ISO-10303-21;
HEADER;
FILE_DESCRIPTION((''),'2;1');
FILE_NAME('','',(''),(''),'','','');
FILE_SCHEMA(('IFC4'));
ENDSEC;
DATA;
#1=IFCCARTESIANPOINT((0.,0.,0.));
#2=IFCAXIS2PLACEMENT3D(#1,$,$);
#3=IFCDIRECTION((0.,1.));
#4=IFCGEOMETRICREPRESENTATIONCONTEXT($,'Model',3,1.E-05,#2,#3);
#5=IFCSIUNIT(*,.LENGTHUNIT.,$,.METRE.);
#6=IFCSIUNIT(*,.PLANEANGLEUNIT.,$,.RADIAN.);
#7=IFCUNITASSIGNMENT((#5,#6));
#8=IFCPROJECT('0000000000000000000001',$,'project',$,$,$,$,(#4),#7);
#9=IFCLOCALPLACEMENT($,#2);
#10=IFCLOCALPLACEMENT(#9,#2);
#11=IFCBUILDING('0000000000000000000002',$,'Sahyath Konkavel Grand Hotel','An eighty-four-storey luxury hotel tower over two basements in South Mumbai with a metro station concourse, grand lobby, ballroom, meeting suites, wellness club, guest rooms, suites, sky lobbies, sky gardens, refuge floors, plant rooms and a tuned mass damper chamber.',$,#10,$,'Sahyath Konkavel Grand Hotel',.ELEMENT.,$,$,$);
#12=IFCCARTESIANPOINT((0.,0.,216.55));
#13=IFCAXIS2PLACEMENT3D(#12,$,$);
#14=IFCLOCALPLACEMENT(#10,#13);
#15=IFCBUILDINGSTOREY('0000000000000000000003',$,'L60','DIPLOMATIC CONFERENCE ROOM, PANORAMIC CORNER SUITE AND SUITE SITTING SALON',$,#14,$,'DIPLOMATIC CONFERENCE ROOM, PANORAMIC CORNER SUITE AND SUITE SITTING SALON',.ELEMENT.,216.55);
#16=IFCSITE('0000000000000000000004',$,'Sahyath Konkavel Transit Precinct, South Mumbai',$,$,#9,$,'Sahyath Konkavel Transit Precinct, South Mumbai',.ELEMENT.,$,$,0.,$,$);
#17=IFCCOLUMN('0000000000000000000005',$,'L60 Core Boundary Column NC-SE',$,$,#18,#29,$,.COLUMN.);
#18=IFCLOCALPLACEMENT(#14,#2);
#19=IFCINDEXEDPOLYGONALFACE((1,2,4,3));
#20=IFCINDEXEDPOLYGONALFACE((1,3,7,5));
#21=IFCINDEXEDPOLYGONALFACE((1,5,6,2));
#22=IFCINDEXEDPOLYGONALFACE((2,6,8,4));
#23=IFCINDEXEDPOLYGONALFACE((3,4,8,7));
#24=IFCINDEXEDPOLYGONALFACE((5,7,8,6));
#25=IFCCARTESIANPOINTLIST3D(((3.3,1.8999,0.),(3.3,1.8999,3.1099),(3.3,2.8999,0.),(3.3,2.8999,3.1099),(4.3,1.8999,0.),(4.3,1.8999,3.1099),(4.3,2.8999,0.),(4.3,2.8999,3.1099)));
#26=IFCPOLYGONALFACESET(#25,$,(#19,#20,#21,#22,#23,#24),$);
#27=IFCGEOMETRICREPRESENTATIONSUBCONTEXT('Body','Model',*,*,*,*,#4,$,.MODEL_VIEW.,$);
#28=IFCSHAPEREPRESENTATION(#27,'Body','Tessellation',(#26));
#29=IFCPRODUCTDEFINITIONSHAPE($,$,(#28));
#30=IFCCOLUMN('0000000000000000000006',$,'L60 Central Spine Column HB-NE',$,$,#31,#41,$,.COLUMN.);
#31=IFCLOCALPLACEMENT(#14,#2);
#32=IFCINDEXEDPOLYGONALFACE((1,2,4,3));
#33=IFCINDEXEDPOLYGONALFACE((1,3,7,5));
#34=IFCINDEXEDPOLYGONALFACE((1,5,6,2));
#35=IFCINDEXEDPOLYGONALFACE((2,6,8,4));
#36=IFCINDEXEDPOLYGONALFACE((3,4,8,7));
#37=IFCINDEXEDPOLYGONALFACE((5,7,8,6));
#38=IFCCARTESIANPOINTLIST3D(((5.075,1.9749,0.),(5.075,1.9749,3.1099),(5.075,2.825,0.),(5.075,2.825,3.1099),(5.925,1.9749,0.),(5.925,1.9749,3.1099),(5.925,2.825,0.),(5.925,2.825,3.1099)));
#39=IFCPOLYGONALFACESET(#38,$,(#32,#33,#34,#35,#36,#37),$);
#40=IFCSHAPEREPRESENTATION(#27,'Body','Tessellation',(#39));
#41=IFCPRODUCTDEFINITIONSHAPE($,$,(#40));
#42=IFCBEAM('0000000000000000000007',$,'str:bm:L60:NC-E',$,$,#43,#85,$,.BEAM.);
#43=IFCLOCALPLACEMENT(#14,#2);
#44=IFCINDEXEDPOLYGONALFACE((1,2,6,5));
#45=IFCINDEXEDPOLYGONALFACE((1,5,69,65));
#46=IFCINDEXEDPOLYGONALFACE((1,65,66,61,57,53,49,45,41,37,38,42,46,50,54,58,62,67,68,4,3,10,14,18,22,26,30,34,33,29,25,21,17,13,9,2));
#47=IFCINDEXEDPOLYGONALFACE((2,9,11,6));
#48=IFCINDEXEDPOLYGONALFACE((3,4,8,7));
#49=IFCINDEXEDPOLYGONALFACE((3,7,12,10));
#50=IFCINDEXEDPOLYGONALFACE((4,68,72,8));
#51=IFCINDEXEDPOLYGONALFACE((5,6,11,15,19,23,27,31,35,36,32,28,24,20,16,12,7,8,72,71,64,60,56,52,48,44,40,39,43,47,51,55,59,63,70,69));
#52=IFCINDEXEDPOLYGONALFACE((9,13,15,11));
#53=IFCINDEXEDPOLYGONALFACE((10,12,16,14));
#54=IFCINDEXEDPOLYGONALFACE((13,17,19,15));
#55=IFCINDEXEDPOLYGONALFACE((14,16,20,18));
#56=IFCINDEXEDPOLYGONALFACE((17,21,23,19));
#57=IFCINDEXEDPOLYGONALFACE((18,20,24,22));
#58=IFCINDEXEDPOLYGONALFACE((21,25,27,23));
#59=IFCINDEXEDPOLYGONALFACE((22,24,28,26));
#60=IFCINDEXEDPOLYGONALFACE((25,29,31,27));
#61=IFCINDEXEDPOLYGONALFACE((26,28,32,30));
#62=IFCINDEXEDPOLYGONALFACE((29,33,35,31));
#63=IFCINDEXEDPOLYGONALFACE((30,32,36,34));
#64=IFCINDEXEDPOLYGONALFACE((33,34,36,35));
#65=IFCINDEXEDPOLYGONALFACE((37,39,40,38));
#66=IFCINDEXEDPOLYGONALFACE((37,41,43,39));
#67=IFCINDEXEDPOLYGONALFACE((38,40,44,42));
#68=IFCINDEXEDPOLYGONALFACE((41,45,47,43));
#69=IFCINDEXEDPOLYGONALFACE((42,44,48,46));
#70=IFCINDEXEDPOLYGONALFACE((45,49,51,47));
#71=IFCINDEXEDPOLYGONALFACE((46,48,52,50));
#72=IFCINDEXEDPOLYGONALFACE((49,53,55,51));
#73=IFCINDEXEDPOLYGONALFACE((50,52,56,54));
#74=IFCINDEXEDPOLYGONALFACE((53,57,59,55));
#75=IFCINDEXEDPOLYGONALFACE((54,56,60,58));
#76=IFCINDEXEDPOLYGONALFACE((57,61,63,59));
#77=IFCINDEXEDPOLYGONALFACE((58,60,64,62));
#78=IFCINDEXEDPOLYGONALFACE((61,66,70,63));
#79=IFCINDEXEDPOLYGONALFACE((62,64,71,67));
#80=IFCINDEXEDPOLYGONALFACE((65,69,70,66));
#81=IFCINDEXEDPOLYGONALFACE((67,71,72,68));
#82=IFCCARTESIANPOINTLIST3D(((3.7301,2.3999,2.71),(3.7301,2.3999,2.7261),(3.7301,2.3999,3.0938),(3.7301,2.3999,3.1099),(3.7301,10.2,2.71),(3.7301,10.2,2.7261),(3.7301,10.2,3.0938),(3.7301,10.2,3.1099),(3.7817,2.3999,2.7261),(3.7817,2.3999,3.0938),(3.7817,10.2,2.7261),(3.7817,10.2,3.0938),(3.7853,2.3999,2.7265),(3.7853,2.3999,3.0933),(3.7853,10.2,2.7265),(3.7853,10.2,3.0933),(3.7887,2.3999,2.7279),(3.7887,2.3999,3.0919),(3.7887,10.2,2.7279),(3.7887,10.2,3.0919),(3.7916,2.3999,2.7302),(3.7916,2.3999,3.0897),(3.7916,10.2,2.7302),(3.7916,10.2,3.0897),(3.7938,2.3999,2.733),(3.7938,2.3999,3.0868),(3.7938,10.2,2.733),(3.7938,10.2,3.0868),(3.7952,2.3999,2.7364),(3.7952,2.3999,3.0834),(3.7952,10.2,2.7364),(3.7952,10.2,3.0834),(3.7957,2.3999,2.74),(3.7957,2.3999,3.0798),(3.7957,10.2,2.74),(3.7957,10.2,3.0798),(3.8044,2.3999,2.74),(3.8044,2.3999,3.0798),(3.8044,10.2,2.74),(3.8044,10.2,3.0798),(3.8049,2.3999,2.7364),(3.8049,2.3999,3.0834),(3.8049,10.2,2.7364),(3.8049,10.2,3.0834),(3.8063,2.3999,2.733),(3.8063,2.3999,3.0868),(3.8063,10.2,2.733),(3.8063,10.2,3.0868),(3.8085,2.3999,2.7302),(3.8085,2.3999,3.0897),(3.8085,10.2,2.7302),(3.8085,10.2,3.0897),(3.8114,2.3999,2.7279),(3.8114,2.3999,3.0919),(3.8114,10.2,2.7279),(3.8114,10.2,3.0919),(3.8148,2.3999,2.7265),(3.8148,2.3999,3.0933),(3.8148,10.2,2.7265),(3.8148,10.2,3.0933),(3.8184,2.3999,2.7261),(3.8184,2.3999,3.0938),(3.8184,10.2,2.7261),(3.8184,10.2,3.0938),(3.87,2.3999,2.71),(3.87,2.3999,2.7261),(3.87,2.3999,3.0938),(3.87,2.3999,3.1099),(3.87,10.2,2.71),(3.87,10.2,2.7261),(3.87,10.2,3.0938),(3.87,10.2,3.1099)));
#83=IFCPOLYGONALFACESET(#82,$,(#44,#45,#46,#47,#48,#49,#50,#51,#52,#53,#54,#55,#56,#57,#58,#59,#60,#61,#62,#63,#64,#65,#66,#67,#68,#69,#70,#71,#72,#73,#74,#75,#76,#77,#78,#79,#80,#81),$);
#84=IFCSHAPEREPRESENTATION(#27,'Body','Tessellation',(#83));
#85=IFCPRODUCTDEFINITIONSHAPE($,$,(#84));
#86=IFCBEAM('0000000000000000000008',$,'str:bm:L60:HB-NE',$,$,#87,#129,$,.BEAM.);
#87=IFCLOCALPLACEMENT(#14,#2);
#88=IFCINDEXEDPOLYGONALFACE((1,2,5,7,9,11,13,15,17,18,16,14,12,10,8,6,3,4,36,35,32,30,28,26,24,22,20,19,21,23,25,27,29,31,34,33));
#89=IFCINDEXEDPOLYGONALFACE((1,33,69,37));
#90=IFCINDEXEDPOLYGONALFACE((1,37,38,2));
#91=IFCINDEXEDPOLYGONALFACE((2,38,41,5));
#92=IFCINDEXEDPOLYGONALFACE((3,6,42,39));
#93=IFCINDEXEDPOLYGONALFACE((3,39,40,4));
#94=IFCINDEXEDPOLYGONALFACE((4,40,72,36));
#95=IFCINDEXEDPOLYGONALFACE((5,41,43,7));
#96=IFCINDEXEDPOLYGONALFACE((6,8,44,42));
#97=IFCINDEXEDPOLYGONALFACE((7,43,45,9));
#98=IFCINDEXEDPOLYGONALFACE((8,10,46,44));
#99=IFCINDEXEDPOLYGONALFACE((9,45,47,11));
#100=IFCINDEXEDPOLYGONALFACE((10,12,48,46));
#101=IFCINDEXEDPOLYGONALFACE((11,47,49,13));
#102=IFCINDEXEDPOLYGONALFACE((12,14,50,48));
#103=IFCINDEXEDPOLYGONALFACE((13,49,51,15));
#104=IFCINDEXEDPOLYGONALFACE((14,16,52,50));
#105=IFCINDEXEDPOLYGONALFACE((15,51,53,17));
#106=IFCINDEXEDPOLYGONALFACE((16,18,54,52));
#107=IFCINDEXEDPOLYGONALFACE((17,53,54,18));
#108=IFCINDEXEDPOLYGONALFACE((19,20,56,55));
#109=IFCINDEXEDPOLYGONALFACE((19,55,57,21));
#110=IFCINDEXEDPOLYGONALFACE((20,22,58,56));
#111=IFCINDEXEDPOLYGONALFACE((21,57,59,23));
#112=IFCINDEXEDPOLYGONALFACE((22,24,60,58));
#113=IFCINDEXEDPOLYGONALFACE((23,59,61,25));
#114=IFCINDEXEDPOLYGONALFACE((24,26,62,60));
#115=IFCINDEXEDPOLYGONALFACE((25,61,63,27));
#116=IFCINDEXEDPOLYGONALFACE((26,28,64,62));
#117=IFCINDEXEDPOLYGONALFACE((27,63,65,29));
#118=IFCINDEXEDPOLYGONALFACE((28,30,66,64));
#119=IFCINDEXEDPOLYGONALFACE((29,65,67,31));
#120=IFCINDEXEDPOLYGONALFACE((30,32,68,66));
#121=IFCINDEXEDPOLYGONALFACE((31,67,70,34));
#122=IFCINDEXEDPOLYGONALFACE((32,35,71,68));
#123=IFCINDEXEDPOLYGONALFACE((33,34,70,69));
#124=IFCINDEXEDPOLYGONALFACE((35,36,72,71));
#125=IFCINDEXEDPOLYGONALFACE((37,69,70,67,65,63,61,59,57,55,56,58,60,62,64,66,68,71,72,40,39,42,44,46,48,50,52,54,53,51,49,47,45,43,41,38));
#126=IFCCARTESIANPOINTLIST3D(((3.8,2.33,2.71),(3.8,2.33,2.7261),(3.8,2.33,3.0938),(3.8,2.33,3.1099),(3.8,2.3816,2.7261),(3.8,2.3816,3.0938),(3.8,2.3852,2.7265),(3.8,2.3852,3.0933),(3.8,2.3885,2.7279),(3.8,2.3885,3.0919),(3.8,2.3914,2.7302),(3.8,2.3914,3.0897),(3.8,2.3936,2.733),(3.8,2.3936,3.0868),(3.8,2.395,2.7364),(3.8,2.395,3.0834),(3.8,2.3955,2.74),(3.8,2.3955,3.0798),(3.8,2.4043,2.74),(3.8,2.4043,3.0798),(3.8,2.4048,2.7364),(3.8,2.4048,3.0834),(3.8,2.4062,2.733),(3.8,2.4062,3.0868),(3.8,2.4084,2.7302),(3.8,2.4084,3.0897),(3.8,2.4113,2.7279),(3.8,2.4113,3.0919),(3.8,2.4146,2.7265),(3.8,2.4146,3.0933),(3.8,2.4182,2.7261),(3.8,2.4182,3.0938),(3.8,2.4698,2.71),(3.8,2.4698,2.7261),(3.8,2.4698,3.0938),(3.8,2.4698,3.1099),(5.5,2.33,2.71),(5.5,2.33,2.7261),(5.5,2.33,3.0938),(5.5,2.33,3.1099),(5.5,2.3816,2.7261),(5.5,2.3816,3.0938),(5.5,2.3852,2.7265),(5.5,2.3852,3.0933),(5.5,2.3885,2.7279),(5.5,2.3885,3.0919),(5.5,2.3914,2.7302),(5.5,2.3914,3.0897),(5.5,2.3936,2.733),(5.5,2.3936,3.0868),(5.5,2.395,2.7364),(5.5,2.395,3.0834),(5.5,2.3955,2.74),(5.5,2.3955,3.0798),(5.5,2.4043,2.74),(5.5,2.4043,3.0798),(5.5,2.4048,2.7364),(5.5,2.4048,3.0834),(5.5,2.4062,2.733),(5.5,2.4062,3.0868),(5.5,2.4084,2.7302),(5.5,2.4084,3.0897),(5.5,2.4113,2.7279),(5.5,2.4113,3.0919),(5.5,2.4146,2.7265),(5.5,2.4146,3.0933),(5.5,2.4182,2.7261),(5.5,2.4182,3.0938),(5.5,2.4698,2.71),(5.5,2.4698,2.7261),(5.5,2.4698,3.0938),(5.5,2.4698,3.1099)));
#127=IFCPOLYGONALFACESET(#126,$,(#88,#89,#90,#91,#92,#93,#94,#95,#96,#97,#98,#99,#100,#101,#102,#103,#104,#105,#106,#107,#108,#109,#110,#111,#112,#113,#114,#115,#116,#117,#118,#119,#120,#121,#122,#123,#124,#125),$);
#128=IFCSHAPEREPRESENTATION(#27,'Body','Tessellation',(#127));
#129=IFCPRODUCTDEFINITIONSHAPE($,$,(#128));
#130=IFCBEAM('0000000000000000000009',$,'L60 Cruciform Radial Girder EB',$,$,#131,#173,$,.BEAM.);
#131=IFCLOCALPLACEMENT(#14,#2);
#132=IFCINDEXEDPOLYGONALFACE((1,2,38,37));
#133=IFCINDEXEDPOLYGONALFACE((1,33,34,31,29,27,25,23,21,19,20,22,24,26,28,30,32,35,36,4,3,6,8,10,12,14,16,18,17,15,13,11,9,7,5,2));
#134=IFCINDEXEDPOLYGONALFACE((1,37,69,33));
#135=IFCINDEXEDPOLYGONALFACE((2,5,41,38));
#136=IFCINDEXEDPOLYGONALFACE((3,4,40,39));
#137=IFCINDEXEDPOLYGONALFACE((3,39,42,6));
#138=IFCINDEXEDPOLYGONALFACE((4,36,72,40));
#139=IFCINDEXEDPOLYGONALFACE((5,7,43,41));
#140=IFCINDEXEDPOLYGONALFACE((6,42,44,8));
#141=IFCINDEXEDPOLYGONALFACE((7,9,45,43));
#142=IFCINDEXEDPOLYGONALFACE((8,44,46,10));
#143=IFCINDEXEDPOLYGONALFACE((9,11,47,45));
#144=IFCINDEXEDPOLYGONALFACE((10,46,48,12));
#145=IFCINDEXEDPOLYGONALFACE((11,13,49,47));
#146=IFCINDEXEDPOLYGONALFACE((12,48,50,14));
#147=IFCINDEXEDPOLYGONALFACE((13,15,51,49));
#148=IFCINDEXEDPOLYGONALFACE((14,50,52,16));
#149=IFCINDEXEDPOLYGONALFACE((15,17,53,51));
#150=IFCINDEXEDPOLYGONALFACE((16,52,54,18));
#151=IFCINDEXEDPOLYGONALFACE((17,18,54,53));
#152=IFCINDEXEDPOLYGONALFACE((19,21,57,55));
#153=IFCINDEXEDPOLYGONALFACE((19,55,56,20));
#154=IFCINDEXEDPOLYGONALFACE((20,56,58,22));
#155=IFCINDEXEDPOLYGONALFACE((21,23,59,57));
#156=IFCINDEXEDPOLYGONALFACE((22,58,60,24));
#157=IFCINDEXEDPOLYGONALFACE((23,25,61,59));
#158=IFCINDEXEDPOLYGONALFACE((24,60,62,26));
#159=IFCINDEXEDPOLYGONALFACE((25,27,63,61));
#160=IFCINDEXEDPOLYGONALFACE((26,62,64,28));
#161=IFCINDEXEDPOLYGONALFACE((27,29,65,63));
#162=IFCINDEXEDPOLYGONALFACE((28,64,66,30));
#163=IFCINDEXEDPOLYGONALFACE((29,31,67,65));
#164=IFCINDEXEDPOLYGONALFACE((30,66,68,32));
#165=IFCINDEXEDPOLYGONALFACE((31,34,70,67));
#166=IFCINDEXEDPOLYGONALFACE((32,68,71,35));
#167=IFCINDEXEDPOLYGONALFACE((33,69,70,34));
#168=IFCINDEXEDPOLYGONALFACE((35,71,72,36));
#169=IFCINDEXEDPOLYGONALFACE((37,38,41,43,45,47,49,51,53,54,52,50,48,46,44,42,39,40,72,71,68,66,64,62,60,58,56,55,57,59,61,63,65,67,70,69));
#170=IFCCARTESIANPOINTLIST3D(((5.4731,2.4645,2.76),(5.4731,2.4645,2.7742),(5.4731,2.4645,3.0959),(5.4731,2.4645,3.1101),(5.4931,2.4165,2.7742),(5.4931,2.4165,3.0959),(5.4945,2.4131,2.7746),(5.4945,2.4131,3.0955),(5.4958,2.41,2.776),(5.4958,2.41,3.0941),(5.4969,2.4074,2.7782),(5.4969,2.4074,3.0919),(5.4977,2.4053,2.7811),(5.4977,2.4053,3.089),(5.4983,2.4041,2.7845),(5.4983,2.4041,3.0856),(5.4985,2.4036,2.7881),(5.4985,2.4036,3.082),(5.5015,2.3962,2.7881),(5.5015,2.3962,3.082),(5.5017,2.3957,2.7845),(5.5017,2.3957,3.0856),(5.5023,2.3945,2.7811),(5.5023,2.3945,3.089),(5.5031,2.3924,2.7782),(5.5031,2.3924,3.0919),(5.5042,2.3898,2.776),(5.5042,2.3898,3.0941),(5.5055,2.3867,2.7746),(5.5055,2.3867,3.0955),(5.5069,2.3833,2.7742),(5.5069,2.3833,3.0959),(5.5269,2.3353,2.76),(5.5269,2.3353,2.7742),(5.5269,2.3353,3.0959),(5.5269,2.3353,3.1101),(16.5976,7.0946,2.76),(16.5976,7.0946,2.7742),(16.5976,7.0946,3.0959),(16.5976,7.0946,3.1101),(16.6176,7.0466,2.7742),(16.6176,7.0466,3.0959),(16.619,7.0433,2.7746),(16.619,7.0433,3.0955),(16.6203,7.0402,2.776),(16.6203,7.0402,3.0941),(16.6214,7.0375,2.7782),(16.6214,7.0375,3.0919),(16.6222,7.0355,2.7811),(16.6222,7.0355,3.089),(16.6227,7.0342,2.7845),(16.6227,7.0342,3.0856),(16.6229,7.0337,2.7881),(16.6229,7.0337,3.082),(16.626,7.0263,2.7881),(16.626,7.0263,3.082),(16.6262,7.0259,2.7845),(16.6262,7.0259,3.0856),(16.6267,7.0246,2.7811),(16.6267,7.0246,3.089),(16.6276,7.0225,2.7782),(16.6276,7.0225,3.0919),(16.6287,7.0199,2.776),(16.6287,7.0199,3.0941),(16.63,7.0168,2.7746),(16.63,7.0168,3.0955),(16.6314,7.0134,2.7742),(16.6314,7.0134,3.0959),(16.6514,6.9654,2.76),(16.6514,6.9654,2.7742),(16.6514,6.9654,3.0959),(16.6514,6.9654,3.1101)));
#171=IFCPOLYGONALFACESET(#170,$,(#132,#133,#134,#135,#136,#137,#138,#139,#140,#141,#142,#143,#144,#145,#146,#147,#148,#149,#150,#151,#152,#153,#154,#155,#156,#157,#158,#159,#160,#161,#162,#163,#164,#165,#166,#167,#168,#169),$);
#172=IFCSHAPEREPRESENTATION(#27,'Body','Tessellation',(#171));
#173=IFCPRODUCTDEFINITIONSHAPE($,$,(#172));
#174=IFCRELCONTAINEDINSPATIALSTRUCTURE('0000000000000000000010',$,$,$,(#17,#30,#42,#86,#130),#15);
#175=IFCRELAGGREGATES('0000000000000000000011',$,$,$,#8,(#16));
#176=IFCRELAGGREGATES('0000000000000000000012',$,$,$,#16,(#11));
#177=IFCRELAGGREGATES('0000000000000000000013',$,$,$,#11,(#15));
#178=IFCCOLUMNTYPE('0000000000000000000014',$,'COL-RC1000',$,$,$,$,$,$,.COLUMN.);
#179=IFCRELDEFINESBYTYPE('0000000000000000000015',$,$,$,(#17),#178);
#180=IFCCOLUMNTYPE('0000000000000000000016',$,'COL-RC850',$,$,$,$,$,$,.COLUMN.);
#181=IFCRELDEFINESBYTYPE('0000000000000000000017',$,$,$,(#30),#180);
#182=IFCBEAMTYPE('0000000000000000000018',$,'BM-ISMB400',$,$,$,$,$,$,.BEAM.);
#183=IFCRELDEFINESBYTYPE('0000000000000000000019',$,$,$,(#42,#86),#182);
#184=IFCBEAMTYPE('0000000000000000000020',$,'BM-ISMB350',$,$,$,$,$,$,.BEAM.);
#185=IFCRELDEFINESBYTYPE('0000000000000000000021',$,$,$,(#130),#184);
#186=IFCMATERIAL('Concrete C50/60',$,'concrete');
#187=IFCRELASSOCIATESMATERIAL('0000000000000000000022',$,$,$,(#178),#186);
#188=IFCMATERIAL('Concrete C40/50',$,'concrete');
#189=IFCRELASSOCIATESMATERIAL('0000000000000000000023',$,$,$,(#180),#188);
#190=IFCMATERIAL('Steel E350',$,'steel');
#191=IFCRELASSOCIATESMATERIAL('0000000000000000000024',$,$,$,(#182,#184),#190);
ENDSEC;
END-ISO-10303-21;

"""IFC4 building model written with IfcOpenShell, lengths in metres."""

from ifc_helpers import new_model, si_unit, direction, frame, origin, origin_2d, place, context, subcontext, project, spatial, rectangle, i_section, extrude, source, transform, mapped, material, material_profile, profile_set, type_object, element, save


model = new_model("IFC4")

# Units and contexts
model_context = context("Model", 3, precision=1e-05, world=origin(), true_north=direction((0.0, 1.0)))
body_context = subcontext(model_context, "Body", "Model", "MODEL_VIEW")
ifc_project = project(units=[si_unit("LENGTHUNIT", "METRE"), si_unit("PLANEANGLEUNIT", "RADIAN")], contexts=[model_context])

# Site, building, storey
site_placement = place(None, origin())
site = spatial("IfcSite", under=ifc_project, at=site_placement, Name="Sahyath Konkavel Transit Precinct, South Mumbai", LongName="Sahyath Konkavel Transit Precinct, South Mumbai", CompositionType="ELEMENT", RefElevation=0.0)
building_placement = place(site_placement, origin())
building = spatial("IfcBuilding", under=site, at=building_placement, Name="Sahyath Konkavel Grand Hotel", Description="An eighty-four-storey luxury hotel tower over two basements in South Mumbai with a metro station concourse, grand lobby, ballroom, meeting suites, wellness club, guest rooms, suites, sky lobbies, sky gardens, refuge floors, plant rooms and a tuned mass damper chamber.", LongName="Sahyath Konkavel Grand Hotel", CompositionType="ELEMENT")
storey_placement = place(building_placement, frame((0.0, 0.0, 216.55)))
storey = spatial("IfcBuildingStorey", under=building, at=storey_placement, Name="L60", Description="DIPLOMATIC CONFERENCE ROOM, PANORAMIC CORNER SUITE AND SUITE SITTING SALON", LongName="DIPLOMATIC CONFERENCE ROOM, PANORAMIC CORNER SUITE AND SUITE SITTING SALON", CompositionType="ELEMENT", Elevation=216.55)

# Columns
ifc_material_1 = material(Name="Concrete C50/60", Category="concrete")
ifc_material_profile_1 = material_profile(ifc_material_1, rectangle(XDim=1.0, YDim=1.0, at=origin_2d()), Name="RC 1000x1000")
ifc_profile_set_1 = profile_set([ifc_material_profile_1], Name="Concrete C50/60")
column_type_1 = type_object("IfcColumnType", Name="COL-RC1000", PredefinedType="COLUMN", material=ifc_profile_set_1)
shared_shape_1 = source(origin(), body_context, "Body", "SweptSolid", [
    extrude(rectangle(XDim=1.0, YDim=1.0, at=origin_2d()), origin(), (0.0, 0.0, 1.0), 3.1099),
])
column_1_placement = place(storey_placement, frame((3.8, 2.3999, 0.0), z_axis=(0.0, 0.0, 1.0), x_axis=(1.0, 0.0, 0.0)))
element("IfcColumn", 1, at=column_1_placement, inside=storey, type_object=column_type_1, Name="L60 Core Boundary Column NC-SE", PredefinedType="COLUMN", context=body_context, shape_type="MappedRepresentation", body=[
    mapped(shared_shape_1, transform((0.0, 0.0, 0.0), scale=1.0)),
])
ifc_material_2 = material(Name="Concrete C40/50", Category="concrete")
ifc_material_profile_2 = material_profile(ifc_material_2, rectangle(XDim=0.8501, YDim=0.8501, at=origin_2d()), Name="RC 850x850")
ifc_profile_set_2 = profile_set([ifc_material_profile_2], Name="Concrete C40/50")
column_type_2 = type_object("IfcColumnType", Name="COL-RC850", PredefinedType="COLUMN", material=ifc_profile_set_2)
shared_shape_2 = source(origin(), body_context, "Body", "SweptSolid", [
    extrude(rectangle(XDim=0.8501, YDim=0.8501, at=origin_2d()), origin(), (0.0, 0.0, 1.0), 3.1099),
])
column_2_placement = place(storey_placement, frame((5.5, 2.3999, 0.0), z_axis=(0.0, 0.0, 1.0), x_axis=(1.0, 0.0, 0.0)))
element("IfcColumn", 2, at=column_2_placement, inside=storey, type_object=column_type_2, Name="L60 Central Spine Column HB-NE", PredefinedType="COLUMN", context=body_context, shape_type="MappedRepresentation", body=[
    mapped(shared_shape_2, transform((0.0, 0.0, 0.0), scale=1.0)),
])

# Beams
ifc_material_3 = material(Name="Steel E350", Category="steel")
ifc_material_profile_3 = material_profile(ifc_material_3, i_section(OverallWidth=0.1399, OverallDepth=0.3999, WebThickness=0.0088, FlangeThickness=0.0161, FilletRadius=0.0139, at=origin_2d()), Name="ISMB 400")
ifc_profile_set_3 = profile_set([ifc_material_profile_3], Name="Steel E350")
beam_type_1 = type_object("IfcBeamType", Name="BM-ISMB400", PredefinedType="BEAM", material=ifc_profile_set_3)
shared_shape_3 = source(origin(), body_context, "Body", "SweptSolid", [
    extrude(i_section(OverallWidth=0.1399, OverallDepth=0.3999, WebThickness=0.0088, FlangeThickness=0.0161, FilletRadius=0.0139, at=origin_2d()), origin(), (0.0, 0.0, 1.0), 7.8),
])
beam_1_placement = place(storey_placement, frame((3.8, 2.3999, 2.9099), z_axis=(0.0, 1.0, 0.0), x_axis=(-1.0, 0.0, 0.0)))
element("IfcBeam", 3, at=beam_1_placement, inside=storey, type_object=beam_type_1, Name="str:bm:L60:NC-E", PredefinedType="BEAM", context=body_context, shape_type="MappedRepresentation", body=[
    mapped(shared_shape_3, transform((0.0, 0.0, 0.0), scale=1.0)),
])
shared_shape_4 = source(origin(), body_context, "Body", "SweptSolid", [
    extrude(i_section(OverallWidth=0.1399, OverallDepth=0.3999, WebThickness=0.0088, FlangeThickness=0.0161, FilletRadius=0.0139, at=origin_2d()), origin(), (0.0, 0.0, 1.0), 1.7),
])
beam_2_placement = place(storey_placement, frame((3.8, 2.3999, 2.9099), z_axis=(1.0, 0.0, 0.0), x_axis=(0.0, 1.0, 0.0)))
element("IfcBeam", 4, at=beam_2_placement, inside=storey, type_object=beam_type_1, Name="str:bm:L60:HB-NE", PredefinedType="BEAM", context=body_context, shape_type="MappedRepresentation", body=[
    mapped(shared_shape_4, transform((0.0, 0.0, 0.0), scale=1.0)),
])
ifc_material_profile_4 = material_profile(ifc_material_3, i_section(OverallWidth=0.1399, OverallDepth=0.3501, WebThickness=0.0081, FlangeThickness=0.0142, FilletRadius=0.0139, at=origin_2d()), Name="ISMB 350")
ifc_profile_set_4 = profile_set([ifc_material_profile_4], Name="Steel E350")
beam_type_2 = type_object("IfcBeamType", Name="BM-ISMB350", PredefinedType="BEAM", material=ifc_profile_set_4)
shared_shape_5 = source(origin(), body_context, "Body", "SweptSolid", [
    extrude(i_section(OverallWidth=0.1399, OverallDepth=0.3501, WebThickness=0.0081, FlangeThickness=0.0142, FilletRadius=0.0139, at=origin_2d()), origin(), (0.0, 0.0, 1.0), 12.0496),
])
beam_3_placement = place(storey_placement, frame((5.5, 2.3999, 2.9351), z_axis=(0.923227, 0.384256, 0.0), x_axis=(-0.384256, 0.923227, 0.0)))
element("IfcBeam", 5, at=beam_3_placement, inside=storey, type_object=beam_type_2, Name="L60 Cruciform Radial Girder EB", PredefinedType="BEAM", context=body_context, shape_type="MappedRepresentation", body=[
    mapped(shared_shape_5, transform((0.0, 0.0, 0.0), scale=1.0)),
])

save(model, "model.ifc")
